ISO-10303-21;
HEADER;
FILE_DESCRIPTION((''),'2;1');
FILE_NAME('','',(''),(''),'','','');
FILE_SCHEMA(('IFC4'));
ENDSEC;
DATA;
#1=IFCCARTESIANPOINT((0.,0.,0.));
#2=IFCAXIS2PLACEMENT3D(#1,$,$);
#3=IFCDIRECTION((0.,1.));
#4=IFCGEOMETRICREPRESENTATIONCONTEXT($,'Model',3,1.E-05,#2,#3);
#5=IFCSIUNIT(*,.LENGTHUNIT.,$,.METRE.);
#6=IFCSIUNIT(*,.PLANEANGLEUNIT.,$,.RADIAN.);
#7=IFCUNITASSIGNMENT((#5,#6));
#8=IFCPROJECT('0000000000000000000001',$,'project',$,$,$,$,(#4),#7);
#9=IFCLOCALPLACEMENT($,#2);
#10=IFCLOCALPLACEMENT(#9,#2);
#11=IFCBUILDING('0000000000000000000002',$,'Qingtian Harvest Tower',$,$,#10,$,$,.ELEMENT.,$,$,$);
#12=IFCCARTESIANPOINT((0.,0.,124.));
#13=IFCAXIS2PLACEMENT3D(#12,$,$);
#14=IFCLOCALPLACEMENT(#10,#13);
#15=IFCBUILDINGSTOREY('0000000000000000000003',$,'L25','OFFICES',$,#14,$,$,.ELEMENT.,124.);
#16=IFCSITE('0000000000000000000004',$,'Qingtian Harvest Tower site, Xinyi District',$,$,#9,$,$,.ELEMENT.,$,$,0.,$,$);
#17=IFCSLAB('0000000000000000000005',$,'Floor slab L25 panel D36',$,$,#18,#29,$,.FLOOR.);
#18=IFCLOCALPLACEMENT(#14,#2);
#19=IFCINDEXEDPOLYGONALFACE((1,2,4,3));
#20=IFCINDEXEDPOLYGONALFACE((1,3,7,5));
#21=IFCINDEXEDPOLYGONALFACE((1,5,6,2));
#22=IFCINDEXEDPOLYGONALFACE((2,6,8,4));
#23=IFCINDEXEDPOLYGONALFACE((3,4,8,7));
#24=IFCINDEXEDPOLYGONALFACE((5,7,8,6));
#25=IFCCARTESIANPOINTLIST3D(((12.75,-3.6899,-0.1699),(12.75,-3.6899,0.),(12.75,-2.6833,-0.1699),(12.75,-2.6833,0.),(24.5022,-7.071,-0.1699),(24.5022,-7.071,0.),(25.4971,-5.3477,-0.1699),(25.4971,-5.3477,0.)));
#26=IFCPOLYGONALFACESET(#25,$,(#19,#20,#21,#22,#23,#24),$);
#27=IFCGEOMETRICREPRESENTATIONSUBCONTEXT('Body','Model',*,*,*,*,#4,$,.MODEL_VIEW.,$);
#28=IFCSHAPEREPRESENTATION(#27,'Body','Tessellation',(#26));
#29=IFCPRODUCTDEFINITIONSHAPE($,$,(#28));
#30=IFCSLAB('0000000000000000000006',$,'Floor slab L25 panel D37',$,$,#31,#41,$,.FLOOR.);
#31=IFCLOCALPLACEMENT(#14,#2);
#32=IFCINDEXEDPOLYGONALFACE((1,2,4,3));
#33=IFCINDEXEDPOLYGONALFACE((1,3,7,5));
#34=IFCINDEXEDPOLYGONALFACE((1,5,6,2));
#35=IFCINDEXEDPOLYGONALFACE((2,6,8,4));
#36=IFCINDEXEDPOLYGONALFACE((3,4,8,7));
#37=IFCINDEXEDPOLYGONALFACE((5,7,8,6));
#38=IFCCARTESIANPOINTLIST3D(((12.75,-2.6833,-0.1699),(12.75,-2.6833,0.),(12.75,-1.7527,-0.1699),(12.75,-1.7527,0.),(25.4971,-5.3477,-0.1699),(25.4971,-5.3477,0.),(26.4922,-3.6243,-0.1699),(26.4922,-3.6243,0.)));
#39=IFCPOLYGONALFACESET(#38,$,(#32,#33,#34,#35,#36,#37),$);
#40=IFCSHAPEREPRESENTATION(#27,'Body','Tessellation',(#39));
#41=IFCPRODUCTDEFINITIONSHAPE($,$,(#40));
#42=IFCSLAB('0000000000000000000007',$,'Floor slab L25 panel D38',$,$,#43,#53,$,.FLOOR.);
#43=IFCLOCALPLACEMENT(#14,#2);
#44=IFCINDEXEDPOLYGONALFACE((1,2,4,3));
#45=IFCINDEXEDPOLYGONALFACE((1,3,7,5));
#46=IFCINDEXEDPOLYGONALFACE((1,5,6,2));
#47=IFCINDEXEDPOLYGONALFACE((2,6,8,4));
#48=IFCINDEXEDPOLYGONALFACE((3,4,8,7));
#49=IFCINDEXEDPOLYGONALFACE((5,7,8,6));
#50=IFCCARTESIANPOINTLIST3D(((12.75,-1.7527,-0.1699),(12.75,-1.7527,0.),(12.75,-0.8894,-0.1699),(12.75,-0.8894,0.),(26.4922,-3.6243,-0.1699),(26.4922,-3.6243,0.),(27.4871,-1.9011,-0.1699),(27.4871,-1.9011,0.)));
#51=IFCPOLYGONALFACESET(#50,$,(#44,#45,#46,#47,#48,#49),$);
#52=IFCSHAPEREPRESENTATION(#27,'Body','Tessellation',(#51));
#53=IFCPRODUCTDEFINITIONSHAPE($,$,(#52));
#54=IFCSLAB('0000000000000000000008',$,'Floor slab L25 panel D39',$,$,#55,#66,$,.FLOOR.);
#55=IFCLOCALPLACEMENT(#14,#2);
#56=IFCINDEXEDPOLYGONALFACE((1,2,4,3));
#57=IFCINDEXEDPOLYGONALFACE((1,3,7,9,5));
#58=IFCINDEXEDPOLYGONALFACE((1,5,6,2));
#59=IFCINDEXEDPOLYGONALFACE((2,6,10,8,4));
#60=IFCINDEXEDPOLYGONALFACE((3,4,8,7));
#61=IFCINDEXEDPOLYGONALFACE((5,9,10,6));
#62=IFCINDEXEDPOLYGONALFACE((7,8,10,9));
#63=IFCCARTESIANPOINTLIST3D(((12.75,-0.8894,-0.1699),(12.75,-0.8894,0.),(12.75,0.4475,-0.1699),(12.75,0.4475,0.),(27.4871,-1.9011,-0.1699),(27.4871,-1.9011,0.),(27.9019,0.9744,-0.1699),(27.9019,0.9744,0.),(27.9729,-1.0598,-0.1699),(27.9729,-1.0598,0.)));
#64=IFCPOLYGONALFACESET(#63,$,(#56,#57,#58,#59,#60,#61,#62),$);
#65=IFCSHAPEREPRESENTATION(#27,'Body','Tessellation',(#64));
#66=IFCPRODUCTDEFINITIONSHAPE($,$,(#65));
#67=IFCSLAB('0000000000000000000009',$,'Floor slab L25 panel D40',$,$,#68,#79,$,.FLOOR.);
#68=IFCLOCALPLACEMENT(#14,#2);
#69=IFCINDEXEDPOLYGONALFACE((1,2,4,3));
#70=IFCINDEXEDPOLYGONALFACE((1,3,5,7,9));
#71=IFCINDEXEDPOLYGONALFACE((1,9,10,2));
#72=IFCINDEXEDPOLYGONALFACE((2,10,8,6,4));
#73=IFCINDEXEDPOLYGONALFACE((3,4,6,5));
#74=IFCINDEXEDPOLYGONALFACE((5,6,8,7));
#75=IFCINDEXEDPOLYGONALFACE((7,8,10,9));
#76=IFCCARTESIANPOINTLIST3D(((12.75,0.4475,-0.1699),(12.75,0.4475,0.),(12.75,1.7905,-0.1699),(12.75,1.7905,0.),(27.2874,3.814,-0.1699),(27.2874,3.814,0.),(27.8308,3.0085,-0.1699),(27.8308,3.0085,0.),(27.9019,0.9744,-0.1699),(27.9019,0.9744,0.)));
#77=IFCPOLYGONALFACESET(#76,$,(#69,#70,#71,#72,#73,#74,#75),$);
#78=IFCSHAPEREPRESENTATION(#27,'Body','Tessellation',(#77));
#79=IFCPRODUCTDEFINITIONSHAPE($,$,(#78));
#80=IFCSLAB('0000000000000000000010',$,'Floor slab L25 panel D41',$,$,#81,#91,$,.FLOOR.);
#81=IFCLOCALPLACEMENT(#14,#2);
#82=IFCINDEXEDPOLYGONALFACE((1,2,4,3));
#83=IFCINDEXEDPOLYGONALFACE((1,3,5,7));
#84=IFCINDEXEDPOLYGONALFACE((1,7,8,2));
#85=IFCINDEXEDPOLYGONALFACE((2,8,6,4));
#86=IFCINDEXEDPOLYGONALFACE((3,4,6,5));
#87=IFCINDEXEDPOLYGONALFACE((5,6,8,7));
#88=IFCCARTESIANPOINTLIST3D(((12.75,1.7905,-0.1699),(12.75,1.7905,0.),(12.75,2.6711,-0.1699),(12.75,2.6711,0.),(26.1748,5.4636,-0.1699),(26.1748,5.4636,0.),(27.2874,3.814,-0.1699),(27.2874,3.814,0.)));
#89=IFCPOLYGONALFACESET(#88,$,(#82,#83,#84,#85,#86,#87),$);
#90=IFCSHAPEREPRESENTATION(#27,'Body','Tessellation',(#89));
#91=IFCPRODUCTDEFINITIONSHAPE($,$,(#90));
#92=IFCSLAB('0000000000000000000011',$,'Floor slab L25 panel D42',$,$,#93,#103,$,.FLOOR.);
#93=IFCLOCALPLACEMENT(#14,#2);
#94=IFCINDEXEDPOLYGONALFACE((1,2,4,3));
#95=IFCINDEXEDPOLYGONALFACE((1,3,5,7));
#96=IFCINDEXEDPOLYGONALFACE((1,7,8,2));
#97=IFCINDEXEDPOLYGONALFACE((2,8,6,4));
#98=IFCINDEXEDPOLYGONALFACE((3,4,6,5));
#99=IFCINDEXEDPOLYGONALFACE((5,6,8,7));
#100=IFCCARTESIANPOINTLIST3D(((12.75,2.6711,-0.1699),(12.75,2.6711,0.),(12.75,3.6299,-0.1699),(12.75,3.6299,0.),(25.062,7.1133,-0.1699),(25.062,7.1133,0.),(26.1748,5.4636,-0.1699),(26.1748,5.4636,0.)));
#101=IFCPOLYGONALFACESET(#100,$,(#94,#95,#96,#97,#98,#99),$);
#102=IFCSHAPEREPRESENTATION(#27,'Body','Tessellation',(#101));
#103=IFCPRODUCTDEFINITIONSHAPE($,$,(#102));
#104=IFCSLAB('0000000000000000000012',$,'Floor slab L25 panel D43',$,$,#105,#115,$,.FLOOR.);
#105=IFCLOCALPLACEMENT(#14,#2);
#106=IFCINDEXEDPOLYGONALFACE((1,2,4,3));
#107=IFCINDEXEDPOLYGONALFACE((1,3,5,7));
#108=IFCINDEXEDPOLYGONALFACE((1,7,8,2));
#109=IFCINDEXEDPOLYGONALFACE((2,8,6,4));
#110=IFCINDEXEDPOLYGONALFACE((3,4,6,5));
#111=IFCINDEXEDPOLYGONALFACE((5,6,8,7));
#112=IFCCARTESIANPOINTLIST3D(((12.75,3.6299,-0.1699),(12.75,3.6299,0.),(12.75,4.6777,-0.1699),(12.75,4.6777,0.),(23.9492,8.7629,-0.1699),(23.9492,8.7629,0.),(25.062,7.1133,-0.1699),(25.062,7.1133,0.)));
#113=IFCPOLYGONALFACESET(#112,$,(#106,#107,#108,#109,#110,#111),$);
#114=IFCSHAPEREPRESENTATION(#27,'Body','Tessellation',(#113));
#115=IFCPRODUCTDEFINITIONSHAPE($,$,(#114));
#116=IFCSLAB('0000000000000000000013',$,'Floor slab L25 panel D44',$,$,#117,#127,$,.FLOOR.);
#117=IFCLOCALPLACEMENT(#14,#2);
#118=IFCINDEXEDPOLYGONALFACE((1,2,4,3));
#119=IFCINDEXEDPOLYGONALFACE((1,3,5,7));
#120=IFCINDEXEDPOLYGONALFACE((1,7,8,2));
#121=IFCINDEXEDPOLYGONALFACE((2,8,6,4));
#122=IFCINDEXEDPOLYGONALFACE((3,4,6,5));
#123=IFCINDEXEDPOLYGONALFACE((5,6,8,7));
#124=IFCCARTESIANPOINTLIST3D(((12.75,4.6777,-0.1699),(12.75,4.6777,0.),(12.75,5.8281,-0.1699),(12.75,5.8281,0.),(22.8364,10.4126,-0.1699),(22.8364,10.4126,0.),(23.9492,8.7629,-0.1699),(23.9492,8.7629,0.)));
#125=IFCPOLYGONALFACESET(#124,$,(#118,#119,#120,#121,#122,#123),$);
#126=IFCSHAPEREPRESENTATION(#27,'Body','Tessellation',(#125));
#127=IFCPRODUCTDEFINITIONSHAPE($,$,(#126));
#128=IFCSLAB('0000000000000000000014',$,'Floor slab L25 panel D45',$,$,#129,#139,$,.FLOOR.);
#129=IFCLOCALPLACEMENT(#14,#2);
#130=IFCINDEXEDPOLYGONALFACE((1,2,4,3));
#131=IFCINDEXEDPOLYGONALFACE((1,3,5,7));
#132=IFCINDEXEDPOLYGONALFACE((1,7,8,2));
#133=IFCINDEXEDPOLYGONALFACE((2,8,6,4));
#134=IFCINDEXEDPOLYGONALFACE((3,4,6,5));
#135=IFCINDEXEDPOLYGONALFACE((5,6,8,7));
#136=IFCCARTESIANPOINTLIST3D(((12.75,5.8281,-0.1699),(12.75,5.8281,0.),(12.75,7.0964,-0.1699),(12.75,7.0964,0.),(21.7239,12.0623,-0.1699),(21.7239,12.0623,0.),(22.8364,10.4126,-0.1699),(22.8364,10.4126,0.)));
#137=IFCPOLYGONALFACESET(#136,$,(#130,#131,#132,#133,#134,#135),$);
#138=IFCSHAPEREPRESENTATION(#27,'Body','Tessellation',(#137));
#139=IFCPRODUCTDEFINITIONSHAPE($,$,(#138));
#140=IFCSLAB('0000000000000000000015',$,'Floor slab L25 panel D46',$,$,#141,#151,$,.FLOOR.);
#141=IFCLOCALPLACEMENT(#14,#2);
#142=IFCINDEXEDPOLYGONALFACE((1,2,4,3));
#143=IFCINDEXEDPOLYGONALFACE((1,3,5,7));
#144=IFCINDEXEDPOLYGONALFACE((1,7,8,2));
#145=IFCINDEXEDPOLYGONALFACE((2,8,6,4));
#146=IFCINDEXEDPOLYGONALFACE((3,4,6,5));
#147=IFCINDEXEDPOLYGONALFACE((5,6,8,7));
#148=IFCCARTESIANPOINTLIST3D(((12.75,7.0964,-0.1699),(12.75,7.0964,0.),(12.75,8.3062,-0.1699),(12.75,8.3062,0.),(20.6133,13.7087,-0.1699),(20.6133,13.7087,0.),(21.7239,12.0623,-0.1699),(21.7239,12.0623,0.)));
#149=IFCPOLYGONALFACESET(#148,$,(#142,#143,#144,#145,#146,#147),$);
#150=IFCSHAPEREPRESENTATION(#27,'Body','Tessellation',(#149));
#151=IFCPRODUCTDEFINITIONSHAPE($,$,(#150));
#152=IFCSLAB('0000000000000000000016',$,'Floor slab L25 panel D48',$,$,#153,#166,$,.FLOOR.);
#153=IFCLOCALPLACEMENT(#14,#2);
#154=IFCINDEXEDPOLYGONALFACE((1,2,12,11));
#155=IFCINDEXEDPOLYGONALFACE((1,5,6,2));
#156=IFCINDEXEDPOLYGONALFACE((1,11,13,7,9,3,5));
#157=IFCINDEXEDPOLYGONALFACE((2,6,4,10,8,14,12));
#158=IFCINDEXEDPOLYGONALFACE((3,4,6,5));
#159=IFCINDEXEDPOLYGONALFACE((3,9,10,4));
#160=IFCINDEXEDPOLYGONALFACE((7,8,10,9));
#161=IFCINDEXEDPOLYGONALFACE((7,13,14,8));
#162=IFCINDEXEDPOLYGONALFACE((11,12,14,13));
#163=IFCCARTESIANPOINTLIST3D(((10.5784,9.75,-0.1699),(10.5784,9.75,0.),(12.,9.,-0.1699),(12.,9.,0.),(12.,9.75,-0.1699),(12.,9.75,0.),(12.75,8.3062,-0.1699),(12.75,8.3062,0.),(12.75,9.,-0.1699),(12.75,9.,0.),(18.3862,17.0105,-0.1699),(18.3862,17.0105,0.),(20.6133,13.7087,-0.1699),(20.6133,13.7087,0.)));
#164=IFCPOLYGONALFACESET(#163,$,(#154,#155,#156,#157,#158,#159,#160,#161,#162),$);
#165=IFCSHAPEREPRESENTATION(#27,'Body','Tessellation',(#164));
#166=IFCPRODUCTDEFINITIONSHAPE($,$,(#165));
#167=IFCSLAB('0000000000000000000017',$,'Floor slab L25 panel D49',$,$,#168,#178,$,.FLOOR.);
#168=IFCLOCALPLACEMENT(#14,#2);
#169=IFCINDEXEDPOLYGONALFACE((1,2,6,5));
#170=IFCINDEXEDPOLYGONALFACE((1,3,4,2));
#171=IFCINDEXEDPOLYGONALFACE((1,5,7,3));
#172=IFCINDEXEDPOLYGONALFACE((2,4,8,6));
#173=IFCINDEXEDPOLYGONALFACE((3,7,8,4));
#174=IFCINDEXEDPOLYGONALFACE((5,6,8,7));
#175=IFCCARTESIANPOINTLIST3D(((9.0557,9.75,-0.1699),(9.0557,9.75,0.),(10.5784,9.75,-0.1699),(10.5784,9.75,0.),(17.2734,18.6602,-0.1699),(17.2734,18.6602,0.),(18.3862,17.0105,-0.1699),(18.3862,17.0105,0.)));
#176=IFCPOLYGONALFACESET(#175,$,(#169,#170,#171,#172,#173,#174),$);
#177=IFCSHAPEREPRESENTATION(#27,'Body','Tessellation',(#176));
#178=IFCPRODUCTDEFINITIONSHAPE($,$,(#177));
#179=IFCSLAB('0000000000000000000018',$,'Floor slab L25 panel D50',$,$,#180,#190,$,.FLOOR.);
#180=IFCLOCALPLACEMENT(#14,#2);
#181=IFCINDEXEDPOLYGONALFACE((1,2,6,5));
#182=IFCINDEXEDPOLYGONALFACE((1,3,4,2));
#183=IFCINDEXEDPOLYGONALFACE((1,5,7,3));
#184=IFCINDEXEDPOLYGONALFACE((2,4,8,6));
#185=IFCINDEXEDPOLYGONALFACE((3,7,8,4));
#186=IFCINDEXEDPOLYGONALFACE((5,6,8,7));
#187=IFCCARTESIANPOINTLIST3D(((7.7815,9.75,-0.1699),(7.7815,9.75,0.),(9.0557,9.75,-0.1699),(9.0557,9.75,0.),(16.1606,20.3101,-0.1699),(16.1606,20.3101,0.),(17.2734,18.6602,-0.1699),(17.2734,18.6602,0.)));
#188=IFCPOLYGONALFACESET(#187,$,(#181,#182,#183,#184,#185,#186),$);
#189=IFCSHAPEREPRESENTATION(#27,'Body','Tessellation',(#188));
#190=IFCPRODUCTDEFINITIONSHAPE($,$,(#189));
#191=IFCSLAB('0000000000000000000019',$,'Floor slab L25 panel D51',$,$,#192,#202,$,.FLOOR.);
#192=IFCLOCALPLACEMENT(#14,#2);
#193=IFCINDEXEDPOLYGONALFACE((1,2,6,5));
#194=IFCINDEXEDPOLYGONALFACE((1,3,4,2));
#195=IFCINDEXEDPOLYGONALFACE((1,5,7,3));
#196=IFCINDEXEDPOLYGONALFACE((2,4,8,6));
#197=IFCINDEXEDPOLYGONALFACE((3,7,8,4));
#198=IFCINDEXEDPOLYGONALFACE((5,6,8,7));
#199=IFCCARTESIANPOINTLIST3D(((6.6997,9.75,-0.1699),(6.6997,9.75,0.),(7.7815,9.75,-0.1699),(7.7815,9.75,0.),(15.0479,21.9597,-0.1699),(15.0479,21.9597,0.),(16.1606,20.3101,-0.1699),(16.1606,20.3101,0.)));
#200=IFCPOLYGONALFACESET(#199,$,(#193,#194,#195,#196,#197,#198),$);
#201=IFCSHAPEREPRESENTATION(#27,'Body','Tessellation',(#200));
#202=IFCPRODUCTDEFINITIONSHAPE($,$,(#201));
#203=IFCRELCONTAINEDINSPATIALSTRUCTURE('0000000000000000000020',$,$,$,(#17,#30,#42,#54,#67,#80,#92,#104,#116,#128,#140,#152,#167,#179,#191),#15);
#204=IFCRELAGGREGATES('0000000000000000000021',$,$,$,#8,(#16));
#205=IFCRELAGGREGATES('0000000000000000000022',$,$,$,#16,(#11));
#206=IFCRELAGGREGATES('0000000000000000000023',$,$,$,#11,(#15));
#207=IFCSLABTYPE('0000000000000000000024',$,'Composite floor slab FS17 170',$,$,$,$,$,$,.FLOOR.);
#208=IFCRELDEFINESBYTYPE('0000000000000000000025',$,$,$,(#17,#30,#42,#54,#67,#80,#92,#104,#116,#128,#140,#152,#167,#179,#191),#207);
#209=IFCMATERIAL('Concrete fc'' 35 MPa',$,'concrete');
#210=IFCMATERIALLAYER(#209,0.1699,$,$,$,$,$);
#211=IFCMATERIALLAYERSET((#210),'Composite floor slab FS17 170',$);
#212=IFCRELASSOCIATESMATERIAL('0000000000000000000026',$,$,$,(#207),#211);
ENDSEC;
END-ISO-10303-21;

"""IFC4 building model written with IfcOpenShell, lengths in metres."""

from ifc_helpers import new_model, si_unit, direction, frame, origin, place, context, subcontext, project, spatial, polyline, outline, extrude, material, layer, layer_set, type_object, element, save


model = new_model("IFC4")

# Units and contexts
model_context = context("Model", 3, precision=1e-05, world=origin(), true_north=direction((0.0, 1.0)))
body_context = subcontext(model_context, "Body", "Model", "MODEL_VIEW")
ifc_project = project(units=[si_unit("LENGTHUNIT", "METRE"), si_unit("PLANEANGLEUNIT", "RADIAN")], contexts=[model_context])

# Site, building, storey
site_placement = place(None, origin())
site = spatial("IfcSite", under=ifc_project, at=site_placement, Name="Qingtian Harvest Tower site, Xinyi District", CompositionType="ELEMENT", RefElevation=0.0)
building_placement = place(site_placement, origin())
building = spatial("IfcBuilding", under=site, at=building_placement, Name="Qingtian Harvest Tower", CompositionType="ELEMENT")
storey_placement = place(building_placement, frame((0.0, 0.0, 124.0)))
storey = spatial("IfcBuildingStorey", under=building, at=storey_placement, Name="L25", Description="OFFICES", CompositionType="ELEMENT", Elevation=124.0)

# Slabs
ifc_material_1 = material(Name="Concrete fc' 35 MPa", Category="concrete")
ifc_layer_1 = layer(ifc_material_1, 0.1699)
ifc_layer_set_1 = layer_set([ifc_layer_1], Name="Composite floor slab FS17 170")
slab_type = type_object("IfcSlabType", Name="Composite floor slab FS17 170", PredefinedType="FLOOR", material=ifc_layer_set_1)
slab_1_placement = place(storey_placement, frame((0.0, 0.0, -0.1699)))
element("IfcSlab", 1, at=slab_1_placement, inside=storey, type_object=slab_type, Name="Floor slab L25 panel D36", PredefinedType="FLOOR", context=body_context, shape_type="SweptSolid", body=[
    extrude(outline(polyline([(12.75, -2.6833), (25.4971, -5.3477), (24.5022, -7.071), (12.75, -3.6899), (12.75, -2.6833)])), origin(), (0.0, 0.0, 1.0), 0.1699),
])
slab_2_placement = place(storey_placement, frame((0.0, 0.0, -0.1699)))
element("IfcSlab", 2, at=slab_2_placement, inside=storey, type_object=slab_type, Name="Floor slab L25 panel D37", PredefinedType="FLOOR", context=body_context, shape_type="SweptSolid", body=[
    extrude(outline(polyline([(12.75, -1.7527), (26.4922, -3.6243), (25.4971, -5.3477), (12.75, -2.6833), (12.75, -1.7527)])), origin(), (0.0, 0.0, 1.0), 0.1699),
])
slab_3_placement = place(storey_placement, frame((0.0, 0.0, -0.1699)))
element("IfcSlab", 3, at=slab_3_placement, inside=storey, type_object=slab_type, Name="Floor slab L25 panel D38", PredefinedType="FLOOR", context=body_context, shape_type="SweptSolid", body=[
    extrude(outline(polyline([(12.75, -0.8894), (27.4871, -1.9011), (26.4922, -3.6243), (12.75, -1.7527), (12.75, -0.8894)])), origin(), (0.0, 0.0, 1.0), 0.1699),
])
slab_4_placement = place(storey_placement, frame((0.0, 0.0, -0.1699)))
element("IfcSlab", 4, at=slab_4_placement, inside=storey, type_object=slab_type, Name="Floor slab L25 panel D39", PredefinedType="FLOOR", context=body_context, shape_type="SweptSolid", body=[
    extrude(outline(polyline([(12.75, -0.8894), (12.75, 0.4475), (27.9019, 0.9744), (27.9729, -1.0598), (27.4871, -1.9011), (12.75, -0.8894)])), origin(), (0.0, 0.0, 1.0), 0.1699),
])
slab_5_placement = place(storey_placement, frame((0.0, 0.0, -0.1699)))
element("IfcSlab", 5, at=slab_5_placement, inside=storey, type_object=slab_type, Name="Floor slab L25 panel D40", PredefinedType="FLOOR", context=body_context, shape_type="SweptSolid", body=[
    extrude(outline(polyline([(12.75, 0.4475), (12.75, 1.7905), (27.2874, 3.814), (27.8308, 3.0085), (27.9019, 0.9744), (12.75, 0.4475)])), origin(), (0.0, 0.0, 1.0), 0.1699),
])
slab_6_placement = place(storey_placement, frame((0.0, 0.0, -0.1699)))
element("IfcSlab", 6, at=slab_6_placement, inside=storey, type_object=slab_type, Name="Floor slab L25 panel D41", PredefinedType="FLOOR", context=body_context, shape_type="SweptSolid", body=[
    extrude(outline(polyline([(12.75, 2.6711), (26.1748, 5.4636), (27.2874, 3.814), (12.75, 1.7905), (12.75, 2.6711)])), origin(), (0.0, 0.0, 1.0), 0.1699),
])
slab_7_placement = place(storey_placement, frame((0.0, 0.0, -0.1699)))
element("IfcSlab", 7, at=slab_7_placement, inside=storey, type_object=slab_type, Name="Floor slab L25 panel D42", PredefinedType="FLOOR", context=body_context, shape_type="SweptSolid", body=[
    extrude(outline(polyline([(12.75, 3.6299), (25.062, 7.1133), (26.1748, 5.4636), (12.75, 2.6711), (12.75, 3.6299)])), origin(), (0.0, 0.0, 1.0), 0.1699),
])
slab_8_placement = place(storey_placement, frame((0.0, 0.0, -0.1699)))
element("IfcSlab", 8, at=slab_8_placement, inside=storey, type_object=slab_type, Name="Floor slab L25 panel D43", PredefinedType="FLOOR", context=body_context, shape_type="SweptSolid", body=[
    extrude(outline(polyline([(12.75, 4.6777), (23.9492, 8.7629), (25.062, 7.1133), (12.75, 3.6299), (12.75, 4.6777)])), origin(), (0.0, 0.0, 1.0), 0.1699),
])
slab_9_placement = place(storey_placement, frame((0.0, 0.0, -0.1699)))
element("IfcSlab", 9, at=slab_9_placement, inside=storey, type_object=slab_type, Name="Floor slab L25 panel D44", PredefinedType="FLOOR", context=body_context, shape_type="SweptSolid", body=[
    extrude(outline(polyline([(12.75, 5.8281), (22.8364, 10.4126), (23.9492, 8.7629), (12.75, 4.6777), (12.75, 5.8281)])), origin(), (0.0, 0.0, 1.0), 0.1699),
])
slab_10_placement = place(storey_placement, frame((0.0, 0.0, -0.1699)))
element("IfcSlab", 10, at=slab_10_placement, inside=storey, type_object=slab_type, Name="Floor slab L25 panel D45", PredefinedType="FLOOR", context=body_context, shape_type="SweptSolid", body=[
    extrude(outline(polyline([(12.75, 7.0964), (21.7239, 12.0623), (22.8364, 10.4126), (12.75, 5.8281), (12.75, 7.0964)])), origin(), (0.0, 0.0, 1.0), 0.1699),
])
slab_11_placement = place(storey_placement, frame((0.0, 0.0, -0.1699)))
element("IfcSlab", 11, at=slab_11_placement, inside=storey, type_object=slab_type, Name="Floor slab L25 panel D46", PredefinedType="FLOOR", context=body_context, shape_type="SweptSolid", body=[
    extrude(outline(polyline([(12.75, 8.3062), (20.6133, 13.7087), (21.7239, 12.0623), (12.75, 7.0964), (12.75, 8.3062)])), origin(), (0.0, 0.0, 1.0), 0.1699),
])
slab_12_placement = place(storey_placement, frame((0.0, 0.0, -0.1699)))
element("IfcSlab", 12, at=slab_12_placement, inside=storey, type_object=slab_type, Name="Floor slab L25 panel D48", PredefinedType="FLOOR", context=body_context, shape_type="SweptSolid", body=[
    extrude(outline(polyline([(18.3862, 17.0105), (20.6133, 13.7087), (12.75, 8.3062), (12.75, 9.0), (12.0, 9.0), (12.0, 9.75), (10.5784, 9.75), (18.3862, 17.0105)])), origin(), (0.0, 0.0, 1.0), 0.1699),
])
slab_13_placement = place(storey_placement, frame((0.0, 0.0, -0.1699)))
element("IfcSlab", 13, at=slab_13_placement, inside=storey, type_object=slab_type, Name="Floor slab L25 panel D49", PredefinedType="FLOOR", context=body_context, shape_type="SweptSolid", body=[
    extrude(outline(polyline([(9.0557, 9.75), (17.2734, 18.6602), (18.3862, 17.0105), (10.5784, 9.75), (9.0557, 9.75)])), origin(), (0.0, 0.0, 1.0), 0.1699),
])
slab_14_placement = place(storey_placement, frame((0.0, 0.0, -0.1699)))
element("IfcSlab", 14, at=slab_14_placement, inside=storey, type_object=slab_type, Name="Floor slab L25 panel D50", PredefinedType="FLOOR", context=body_context, shape_type="SweptSolid", body=[
    extrude(outline(polyline([(7.7815, 9.75), (16.1606, 20.3101), (17.2734, 18.6602), (9.0557, 9.75), (7.7815, 9.75)])), origin(), (0.0, 0.0, 1.0), 0.1699),
])
slab_15_placement = place(storey_placement, frame((0.0, 0.0, -0.1699)))
element("IfcSlab", 15, at=slab_15_placement, inside=storey, type_object=slab_type, Name="Floor slab L25 panel D51", PredefinedType="FLOOR", context=body_context, shape_type="SweptSolid", body=[
    extrude(outline(polyline([(6.6997, 9.75), (15.0479, 21.9597), (16.1606, 20.3101), (7.7815, 9.75), (6.6997, 9.75)])), origin(), (0.0, 0.0, 1.0), 0.1699),
])

save(model, "model.ifc")
